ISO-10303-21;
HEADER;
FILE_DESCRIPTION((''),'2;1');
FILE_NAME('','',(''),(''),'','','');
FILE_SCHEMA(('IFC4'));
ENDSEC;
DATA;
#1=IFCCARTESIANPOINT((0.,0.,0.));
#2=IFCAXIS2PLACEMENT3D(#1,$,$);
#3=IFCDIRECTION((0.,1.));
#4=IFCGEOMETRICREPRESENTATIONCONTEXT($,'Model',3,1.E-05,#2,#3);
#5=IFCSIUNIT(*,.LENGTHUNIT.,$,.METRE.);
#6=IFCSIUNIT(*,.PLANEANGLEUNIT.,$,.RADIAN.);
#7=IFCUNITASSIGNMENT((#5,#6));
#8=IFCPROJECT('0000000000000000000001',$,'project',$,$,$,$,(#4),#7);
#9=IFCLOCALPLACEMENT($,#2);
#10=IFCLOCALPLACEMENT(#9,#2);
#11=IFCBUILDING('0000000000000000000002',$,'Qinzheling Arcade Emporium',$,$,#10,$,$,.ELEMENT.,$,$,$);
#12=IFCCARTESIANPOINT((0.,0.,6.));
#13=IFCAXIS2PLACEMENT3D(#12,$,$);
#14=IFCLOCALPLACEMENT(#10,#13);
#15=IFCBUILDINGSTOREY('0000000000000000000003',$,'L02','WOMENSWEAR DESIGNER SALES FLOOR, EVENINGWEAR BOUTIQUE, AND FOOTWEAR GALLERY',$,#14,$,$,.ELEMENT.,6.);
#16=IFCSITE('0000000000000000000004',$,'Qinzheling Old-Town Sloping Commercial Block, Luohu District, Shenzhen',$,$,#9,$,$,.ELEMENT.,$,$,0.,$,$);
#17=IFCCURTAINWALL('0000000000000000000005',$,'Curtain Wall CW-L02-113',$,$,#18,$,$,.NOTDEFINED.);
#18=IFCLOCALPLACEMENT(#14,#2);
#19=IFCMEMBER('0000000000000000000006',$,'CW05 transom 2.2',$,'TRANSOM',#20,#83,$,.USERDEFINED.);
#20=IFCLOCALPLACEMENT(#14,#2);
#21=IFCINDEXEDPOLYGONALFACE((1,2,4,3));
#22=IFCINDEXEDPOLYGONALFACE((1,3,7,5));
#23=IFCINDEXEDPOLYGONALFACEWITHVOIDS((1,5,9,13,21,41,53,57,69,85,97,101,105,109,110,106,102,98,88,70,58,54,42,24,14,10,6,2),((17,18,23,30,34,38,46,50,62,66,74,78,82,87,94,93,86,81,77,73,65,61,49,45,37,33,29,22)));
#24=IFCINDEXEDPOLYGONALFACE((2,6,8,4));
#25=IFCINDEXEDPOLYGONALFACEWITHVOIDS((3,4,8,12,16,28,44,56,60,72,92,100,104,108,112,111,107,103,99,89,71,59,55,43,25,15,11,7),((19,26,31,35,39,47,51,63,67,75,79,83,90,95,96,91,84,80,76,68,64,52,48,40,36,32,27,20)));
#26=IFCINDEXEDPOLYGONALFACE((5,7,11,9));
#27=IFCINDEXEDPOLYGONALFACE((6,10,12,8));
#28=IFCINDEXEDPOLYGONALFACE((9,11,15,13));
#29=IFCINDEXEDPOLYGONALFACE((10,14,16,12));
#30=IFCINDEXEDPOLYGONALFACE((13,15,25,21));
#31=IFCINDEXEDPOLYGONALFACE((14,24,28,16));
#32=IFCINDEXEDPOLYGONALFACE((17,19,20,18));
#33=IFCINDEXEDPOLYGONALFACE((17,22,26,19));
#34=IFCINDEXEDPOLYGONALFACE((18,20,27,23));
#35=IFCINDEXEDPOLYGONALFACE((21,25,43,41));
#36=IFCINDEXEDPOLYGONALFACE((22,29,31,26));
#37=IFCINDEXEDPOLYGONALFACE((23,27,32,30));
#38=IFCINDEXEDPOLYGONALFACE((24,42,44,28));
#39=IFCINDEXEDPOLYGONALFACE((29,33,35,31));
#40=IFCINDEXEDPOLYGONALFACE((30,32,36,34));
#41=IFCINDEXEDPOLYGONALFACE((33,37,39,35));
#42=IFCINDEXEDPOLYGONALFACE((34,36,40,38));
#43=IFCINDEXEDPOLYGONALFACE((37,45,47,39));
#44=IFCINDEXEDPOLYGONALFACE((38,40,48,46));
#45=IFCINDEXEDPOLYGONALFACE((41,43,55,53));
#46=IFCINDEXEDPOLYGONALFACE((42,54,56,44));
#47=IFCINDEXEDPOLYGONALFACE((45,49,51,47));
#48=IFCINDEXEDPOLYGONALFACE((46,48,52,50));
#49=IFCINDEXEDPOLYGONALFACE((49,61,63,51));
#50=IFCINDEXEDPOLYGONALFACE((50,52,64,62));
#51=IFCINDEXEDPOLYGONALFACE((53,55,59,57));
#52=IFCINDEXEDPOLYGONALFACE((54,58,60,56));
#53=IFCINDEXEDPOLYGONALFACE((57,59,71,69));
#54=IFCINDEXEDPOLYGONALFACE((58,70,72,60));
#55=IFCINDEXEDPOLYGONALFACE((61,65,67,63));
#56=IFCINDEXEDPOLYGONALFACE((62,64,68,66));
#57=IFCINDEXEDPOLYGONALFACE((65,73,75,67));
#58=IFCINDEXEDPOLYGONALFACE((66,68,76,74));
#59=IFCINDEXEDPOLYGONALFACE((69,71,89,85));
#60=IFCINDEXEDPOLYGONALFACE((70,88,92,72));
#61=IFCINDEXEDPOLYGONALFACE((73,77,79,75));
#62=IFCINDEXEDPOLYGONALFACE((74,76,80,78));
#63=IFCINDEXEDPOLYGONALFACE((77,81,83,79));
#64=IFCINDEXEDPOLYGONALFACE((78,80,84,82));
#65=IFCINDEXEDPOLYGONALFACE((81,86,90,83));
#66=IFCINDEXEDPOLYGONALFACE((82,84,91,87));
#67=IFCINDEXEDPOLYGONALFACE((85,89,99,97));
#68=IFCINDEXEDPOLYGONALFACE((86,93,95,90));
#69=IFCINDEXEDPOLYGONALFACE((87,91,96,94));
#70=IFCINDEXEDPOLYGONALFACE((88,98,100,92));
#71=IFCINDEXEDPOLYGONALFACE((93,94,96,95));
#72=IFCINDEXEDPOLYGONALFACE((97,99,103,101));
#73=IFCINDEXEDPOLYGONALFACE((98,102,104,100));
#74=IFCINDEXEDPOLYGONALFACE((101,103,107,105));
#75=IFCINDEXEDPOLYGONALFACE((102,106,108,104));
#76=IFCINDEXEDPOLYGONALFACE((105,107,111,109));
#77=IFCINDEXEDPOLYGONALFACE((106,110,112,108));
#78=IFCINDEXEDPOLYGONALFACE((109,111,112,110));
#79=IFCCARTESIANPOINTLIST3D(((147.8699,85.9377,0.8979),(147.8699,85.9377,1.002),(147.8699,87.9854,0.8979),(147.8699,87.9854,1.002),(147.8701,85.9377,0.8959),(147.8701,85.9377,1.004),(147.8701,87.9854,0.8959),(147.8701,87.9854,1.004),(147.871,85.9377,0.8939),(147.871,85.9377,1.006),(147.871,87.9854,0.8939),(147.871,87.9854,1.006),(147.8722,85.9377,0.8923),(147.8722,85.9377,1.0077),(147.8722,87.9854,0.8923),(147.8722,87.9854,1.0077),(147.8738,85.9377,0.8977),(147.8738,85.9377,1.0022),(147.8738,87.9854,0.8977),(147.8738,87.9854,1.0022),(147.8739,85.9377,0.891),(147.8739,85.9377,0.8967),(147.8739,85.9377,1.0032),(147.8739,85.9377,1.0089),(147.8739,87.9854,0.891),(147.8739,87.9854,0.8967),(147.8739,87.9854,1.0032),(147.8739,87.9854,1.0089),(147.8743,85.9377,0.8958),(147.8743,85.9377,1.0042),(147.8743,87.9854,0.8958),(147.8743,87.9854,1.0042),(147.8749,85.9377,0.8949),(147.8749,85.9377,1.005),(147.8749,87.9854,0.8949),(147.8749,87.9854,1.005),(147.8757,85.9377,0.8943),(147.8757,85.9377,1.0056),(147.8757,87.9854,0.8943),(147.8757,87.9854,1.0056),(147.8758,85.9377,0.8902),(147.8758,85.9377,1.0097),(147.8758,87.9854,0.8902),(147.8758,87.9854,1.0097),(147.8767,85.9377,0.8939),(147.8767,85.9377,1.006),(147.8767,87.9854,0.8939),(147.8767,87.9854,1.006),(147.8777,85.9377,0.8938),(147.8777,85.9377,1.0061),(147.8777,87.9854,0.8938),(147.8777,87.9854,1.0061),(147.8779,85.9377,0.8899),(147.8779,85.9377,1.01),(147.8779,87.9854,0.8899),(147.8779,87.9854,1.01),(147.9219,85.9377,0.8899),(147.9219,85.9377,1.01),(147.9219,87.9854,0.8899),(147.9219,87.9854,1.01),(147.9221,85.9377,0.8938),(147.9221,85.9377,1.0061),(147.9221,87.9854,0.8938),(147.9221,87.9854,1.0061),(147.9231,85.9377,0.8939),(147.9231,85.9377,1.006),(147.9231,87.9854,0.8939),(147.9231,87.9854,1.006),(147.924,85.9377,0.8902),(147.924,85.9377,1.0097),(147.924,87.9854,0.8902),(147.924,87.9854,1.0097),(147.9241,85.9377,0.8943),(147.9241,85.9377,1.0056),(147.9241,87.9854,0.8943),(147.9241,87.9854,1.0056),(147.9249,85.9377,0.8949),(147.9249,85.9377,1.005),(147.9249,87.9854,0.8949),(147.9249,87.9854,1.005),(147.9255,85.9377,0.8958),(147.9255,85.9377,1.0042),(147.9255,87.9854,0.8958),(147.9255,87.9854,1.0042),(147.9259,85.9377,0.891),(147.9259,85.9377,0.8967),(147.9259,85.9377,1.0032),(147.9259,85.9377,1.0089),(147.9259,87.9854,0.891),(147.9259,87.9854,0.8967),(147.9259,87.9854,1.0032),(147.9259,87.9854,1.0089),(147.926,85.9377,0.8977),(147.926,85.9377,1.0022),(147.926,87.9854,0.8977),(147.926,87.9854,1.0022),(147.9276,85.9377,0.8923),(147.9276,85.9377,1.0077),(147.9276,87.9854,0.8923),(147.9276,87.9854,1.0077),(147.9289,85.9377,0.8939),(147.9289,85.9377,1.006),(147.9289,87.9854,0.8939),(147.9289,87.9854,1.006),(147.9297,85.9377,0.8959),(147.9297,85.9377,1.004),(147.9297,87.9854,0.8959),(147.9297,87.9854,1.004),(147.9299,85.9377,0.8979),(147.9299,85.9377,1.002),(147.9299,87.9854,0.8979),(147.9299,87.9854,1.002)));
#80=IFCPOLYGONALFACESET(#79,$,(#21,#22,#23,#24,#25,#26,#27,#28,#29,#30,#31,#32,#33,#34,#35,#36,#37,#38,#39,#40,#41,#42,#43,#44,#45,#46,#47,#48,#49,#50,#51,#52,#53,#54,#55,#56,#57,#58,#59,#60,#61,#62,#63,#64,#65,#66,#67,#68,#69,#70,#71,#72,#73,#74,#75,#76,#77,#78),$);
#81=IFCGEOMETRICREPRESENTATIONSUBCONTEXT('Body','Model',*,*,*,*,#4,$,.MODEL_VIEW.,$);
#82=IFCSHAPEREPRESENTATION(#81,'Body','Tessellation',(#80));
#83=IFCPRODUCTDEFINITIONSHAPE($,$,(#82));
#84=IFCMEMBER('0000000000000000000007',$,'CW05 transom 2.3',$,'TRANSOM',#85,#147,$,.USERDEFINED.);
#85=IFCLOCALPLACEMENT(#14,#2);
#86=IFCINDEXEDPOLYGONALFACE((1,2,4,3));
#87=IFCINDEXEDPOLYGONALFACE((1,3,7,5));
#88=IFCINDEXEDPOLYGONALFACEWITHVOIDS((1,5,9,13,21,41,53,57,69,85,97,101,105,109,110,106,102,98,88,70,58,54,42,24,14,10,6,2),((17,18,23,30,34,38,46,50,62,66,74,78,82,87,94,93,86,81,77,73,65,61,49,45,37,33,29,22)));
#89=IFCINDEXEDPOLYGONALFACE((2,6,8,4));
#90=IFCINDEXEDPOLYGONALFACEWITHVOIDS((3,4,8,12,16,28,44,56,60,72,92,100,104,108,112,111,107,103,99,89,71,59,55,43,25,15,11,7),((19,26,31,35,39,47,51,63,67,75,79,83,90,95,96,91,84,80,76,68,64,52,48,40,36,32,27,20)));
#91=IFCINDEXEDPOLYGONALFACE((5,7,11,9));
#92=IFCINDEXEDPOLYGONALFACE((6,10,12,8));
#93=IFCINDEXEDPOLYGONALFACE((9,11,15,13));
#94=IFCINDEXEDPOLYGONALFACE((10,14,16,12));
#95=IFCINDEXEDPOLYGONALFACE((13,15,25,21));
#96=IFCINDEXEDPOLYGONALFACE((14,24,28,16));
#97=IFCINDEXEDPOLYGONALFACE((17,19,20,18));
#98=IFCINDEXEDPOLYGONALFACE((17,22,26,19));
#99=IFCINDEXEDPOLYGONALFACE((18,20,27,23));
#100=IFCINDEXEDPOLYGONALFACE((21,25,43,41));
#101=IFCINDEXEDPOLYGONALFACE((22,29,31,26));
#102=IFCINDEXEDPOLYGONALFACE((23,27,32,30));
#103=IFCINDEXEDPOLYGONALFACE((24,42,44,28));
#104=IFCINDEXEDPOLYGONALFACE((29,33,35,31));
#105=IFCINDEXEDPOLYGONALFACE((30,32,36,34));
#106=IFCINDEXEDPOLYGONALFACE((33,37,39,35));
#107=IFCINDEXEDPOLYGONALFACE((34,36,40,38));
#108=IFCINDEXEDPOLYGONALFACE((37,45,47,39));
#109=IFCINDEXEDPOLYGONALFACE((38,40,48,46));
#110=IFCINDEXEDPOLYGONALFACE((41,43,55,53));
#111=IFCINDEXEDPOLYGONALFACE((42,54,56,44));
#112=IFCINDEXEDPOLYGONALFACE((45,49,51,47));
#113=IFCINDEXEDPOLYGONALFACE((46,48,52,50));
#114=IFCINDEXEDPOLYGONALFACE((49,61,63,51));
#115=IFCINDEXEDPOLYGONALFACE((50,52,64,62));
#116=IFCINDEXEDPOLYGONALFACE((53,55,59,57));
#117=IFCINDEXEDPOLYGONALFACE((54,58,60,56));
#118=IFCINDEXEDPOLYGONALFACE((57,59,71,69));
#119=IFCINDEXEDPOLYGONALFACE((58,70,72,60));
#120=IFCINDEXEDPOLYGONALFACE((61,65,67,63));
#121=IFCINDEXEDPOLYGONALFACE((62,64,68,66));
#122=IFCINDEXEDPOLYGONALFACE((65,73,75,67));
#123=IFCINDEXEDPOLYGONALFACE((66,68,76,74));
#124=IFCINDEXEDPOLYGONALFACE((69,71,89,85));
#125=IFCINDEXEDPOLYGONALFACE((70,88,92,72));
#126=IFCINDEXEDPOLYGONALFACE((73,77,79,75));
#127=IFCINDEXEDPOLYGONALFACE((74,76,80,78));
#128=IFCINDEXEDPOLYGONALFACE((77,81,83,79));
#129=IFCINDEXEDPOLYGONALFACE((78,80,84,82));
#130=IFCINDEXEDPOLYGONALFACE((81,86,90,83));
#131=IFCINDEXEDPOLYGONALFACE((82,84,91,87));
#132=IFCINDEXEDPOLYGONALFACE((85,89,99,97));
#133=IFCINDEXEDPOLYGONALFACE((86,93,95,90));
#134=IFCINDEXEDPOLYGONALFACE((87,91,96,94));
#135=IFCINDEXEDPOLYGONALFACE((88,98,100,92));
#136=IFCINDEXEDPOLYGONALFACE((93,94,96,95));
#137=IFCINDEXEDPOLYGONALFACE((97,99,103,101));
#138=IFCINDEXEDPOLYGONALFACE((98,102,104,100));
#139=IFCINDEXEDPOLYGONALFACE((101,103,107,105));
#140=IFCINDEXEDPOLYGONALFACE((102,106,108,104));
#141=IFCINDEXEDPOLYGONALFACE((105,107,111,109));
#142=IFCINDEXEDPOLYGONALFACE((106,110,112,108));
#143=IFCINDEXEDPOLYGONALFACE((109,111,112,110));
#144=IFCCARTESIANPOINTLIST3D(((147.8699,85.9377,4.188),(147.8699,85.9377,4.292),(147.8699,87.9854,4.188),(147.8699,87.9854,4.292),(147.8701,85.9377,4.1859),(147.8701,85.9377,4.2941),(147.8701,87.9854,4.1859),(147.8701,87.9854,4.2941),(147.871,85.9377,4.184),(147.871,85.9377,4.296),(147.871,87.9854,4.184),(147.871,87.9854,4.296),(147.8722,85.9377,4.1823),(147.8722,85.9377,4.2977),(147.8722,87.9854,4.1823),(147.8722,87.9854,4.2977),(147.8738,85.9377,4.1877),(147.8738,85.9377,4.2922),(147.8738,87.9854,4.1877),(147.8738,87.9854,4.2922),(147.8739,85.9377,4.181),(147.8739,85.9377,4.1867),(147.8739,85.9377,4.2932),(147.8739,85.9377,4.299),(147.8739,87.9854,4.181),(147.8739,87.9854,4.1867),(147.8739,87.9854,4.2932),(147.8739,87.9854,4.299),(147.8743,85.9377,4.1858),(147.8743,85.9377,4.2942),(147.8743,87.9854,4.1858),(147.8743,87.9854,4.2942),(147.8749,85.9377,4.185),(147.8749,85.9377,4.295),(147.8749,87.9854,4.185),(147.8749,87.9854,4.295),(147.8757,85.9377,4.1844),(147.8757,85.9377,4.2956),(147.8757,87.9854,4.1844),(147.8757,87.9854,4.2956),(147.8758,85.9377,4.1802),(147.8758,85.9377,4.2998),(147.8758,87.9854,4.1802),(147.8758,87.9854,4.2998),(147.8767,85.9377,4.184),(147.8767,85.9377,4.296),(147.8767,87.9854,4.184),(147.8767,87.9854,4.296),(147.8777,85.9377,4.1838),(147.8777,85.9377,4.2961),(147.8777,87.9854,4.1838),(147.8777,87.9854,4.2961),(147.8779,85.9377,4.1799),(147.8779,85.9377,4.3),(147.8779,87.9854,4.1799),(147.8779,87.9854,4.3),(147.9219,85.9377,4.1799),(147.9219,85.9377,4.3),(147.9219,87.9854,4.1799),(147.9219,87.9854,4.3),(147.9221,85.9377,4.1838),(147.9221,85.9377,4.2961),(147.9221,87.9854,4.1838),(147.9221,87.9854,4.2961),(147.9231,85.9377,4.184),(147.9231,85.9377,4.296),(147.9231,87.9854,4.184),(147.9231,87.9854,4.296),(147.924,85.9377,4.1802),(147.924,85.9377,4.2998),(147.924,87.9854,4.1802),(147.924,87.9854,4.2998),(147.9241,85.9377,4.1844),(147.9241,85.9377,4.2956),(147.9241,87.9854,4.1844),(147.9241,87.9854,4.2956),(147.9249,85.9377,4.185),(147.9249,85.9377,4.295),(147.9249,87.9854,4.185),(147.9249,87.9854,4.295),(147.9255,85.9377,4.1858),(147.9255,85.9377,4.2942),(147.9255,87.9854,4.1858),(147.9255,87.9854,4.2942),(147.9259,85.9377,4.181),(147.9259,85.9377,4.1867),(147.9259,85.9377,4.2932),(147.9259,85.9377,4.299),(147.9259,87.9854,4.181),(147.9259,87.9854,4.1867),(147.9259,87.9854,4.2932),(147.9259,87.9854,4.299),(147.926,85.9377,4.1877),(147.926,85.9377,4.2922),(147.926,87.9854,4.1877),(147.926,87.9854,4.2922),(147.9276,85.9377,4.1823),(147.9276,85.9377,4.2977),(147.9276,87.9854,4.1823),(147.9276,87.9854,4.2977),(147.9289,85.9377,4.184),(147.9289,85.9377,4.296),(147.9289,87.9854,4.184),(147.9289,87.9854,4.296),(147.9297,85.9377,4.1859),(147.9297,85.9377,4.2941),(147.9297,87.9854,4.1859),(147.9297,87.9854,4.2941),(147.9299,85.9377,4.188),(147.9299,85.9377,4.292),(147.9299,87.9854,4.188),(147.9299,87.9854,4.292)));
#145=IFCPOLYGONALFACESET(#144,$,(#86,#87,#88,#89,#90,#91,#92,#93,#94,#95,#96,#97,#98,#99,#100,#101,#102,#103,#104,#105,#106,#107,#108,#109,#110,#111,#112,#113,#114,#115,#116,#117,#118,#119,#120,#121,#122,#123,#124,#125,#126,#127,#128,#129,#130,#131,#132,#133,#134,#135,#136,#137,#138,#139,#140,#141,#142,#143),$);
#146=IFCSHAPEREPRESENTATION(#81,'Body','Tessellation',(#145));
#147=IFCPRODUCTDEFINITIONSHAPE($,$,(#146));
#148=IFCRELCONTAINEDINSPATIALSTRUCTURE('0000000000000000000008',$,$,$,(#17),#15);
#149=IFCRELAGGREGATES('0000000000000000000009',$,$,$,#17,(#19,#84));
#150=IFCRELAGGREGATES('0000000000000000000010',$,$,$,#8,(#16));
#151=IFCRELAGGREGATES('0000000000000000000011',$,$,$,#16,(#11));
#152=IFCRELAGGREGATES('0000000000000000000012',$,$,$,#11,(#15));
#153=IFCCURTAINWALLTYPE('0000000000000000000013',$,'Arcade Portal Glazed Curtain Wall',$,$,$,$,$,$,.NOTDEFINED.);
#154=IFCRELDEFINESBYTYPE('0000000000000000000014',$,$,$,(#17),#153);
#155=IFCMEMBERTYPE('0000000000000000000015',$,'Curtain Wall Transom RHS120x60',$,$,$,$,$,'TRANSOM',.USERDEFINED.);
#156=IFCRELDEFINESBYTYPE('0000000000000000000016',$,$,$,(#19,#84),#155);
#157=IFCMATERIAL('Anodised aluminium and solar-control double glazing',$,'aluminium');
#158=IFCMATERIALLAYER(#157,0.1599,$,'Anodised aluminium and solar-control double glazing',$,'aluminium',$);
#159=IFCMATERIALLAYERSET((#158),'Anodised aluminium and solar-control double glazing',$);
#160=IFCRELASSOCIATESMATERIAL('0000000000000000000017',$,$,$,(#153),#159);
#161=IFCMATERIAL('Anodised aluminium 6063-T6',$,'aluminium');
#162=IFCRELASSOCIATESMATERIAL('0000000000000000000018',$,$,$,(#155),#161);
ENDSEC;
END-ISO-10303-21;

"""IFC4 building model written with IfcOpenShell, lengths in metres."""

from ifc_helpers import new_model, si_unit, direction, frame, origin, origin_2d, place, context, subcontext, project, spatial, hollow_rectangle, extrude, material, layer, layer_set, material_profile, profile_set, type_object, element, aggregate, save


model = new_model("IFC4")

# Units and contexts
model_context = context("Model", 3, precision=1e-05, world=origin(), true_north=direction((0.0, 1.0)))
body_context = subcontext(model_context, "Body", "Model", "MODEL_VIEW")
ifc_project = project(units=[si_unit("LENGTHUNIT", "METRE"), si_unit("PLANEANGLEUNIT", "RADIAN")], contexts=[model_context])

# Site, building, storey
site_placement = place(None, origin())
site = spatial("IfcSite", under=ifc_project, at=site_placement, Name="Qinzheling Old-Town Sloping Commercial Block, Luohu District, Shenzhen", CompositionType="ELEMENT", RefElevation=0.0)
building_placement = place(site_placement, origin())
building = spatial("IfcBuilding", under=site, at=building_placement, Name="Qinzheling Arcade Emporium", CompositionType="ELEMENT")
storey_placement = place(building_placement, frame((0.0, 0.0, 6.0)))
storey = spatial("IfcBuildingStorey", under=building, at=storey_placement, Name="L02", Description="WOMENSWEAR DESIGNER SALES FLOOR, EVENINGWEAR BOUTIQUE, AND FOOTWEAR GALLERY", CompositionType="ELEMENT", Elevation=6.0)

# Curtain wall
ifc_material_1 = material(Name="Anodised aluminium and solar-control double glazing", Category="aluminium")
ifc_layer_1 = layer(ifc_material_1, 0.1599, Name="Anodised aluminium and solar-control double glazing", Category="aluminium")
ifc_layer_set_1 = layer_set([ifc_layer_1], Name="Anodised aluminium and solar-control double glazing")
curtain_wall_type_1 = type_object("IfcCurtainWallType", Name="Arcade Portal Glazed Curtain Wall", PredefinedType="NOTDEFINED", material=ifc_layer_set_1)
curtain_wall_1_placement = place(storey_placement, origin())
curtain_wall_1 = element("IfcCurtainWall", 1, at=curtain_wall_1_placement, inside=storey, type_object=curtain_wall_type_1, Name="Curtain Wall CW-L02-113", PredefinedType="NOTDEFINED")
ifc_material_2 = material(Name="Anodised aluminium 6063-T6", Category="aluminium")

# Members
ifc_material_profile_1 = material_profile(ifc_material_2, hollow_rectangle(XDim=0.0601, YDim=0.1201, WallThickness=0.0039, InnerFilletRadius=0.0039, OuterFilletRadius=0.0081, at=origin_2d()), Name="RHS 120x60x4", Category="aluminium")
ifc_profile_set_1 = profile_set([ifc_material_profile_1], Name="Anodised aluminium 6063-T6")
member_type_1 = type_object("IfcMemberType", Name="Curtain Wall Transom RHS120x60", ElementType="TRANSOM", PredefinedType="USERDEFINED", material=ifc_profile_set_1)
member_1_placement = place(storey_placement, frame((147.8999, 87.9854, 0.95), z_axis=(0.0, -1.0, 0.0), x_axis=(1.0, 0.0, 0.0)))
member_1 = element("IfcMember", 2, at=member_1_placement, type_object=member_type_1, Name="CW05 transom 2.2", ObjectType="TRANSOM", PredefinedType="USERDEFINED", context=body_context, shape_type="SweptSolid", body=[
    extrude(hollow_rectangle(XDim=0.0601, YDim=0.1201, WallThickness=0.0039, InnerFilletRadius=0.0039, OuterFilletRadius=0.0081, at=origin_2d()), origin(), (0.0, 0.0, 1.0), 2.0476),
])
member_2_placement = place(storey_placement, frame((147.8999, 87.9854, 4.24), z_axis=(0.0, -1.0, 0.0), x_axis=(1.0, 0.0, 0.0)))
member_2 = element("IfcMember", 3, at=member_2_placement, type_object=member_type_1, Name="CW05 transom 2.3", ObjectType="TRANSOM", PredefinedType="USERDEFINED", context=body_context, shape_type="SweptSolid", body=[
    extrude(hollow_rectangle(XDim=0.0601, YDim=0.1201, WallThickness=0.0039, InnerFilletRadius=0.0039, OuterFilletRadius=0.0081, at=origin_2d()), origin(), (0.0, 0.0, 1.0), 2.0476),
])

aggregate(curtain_wall_1, [member_1, member_2])

save(model, "model.ifc")
